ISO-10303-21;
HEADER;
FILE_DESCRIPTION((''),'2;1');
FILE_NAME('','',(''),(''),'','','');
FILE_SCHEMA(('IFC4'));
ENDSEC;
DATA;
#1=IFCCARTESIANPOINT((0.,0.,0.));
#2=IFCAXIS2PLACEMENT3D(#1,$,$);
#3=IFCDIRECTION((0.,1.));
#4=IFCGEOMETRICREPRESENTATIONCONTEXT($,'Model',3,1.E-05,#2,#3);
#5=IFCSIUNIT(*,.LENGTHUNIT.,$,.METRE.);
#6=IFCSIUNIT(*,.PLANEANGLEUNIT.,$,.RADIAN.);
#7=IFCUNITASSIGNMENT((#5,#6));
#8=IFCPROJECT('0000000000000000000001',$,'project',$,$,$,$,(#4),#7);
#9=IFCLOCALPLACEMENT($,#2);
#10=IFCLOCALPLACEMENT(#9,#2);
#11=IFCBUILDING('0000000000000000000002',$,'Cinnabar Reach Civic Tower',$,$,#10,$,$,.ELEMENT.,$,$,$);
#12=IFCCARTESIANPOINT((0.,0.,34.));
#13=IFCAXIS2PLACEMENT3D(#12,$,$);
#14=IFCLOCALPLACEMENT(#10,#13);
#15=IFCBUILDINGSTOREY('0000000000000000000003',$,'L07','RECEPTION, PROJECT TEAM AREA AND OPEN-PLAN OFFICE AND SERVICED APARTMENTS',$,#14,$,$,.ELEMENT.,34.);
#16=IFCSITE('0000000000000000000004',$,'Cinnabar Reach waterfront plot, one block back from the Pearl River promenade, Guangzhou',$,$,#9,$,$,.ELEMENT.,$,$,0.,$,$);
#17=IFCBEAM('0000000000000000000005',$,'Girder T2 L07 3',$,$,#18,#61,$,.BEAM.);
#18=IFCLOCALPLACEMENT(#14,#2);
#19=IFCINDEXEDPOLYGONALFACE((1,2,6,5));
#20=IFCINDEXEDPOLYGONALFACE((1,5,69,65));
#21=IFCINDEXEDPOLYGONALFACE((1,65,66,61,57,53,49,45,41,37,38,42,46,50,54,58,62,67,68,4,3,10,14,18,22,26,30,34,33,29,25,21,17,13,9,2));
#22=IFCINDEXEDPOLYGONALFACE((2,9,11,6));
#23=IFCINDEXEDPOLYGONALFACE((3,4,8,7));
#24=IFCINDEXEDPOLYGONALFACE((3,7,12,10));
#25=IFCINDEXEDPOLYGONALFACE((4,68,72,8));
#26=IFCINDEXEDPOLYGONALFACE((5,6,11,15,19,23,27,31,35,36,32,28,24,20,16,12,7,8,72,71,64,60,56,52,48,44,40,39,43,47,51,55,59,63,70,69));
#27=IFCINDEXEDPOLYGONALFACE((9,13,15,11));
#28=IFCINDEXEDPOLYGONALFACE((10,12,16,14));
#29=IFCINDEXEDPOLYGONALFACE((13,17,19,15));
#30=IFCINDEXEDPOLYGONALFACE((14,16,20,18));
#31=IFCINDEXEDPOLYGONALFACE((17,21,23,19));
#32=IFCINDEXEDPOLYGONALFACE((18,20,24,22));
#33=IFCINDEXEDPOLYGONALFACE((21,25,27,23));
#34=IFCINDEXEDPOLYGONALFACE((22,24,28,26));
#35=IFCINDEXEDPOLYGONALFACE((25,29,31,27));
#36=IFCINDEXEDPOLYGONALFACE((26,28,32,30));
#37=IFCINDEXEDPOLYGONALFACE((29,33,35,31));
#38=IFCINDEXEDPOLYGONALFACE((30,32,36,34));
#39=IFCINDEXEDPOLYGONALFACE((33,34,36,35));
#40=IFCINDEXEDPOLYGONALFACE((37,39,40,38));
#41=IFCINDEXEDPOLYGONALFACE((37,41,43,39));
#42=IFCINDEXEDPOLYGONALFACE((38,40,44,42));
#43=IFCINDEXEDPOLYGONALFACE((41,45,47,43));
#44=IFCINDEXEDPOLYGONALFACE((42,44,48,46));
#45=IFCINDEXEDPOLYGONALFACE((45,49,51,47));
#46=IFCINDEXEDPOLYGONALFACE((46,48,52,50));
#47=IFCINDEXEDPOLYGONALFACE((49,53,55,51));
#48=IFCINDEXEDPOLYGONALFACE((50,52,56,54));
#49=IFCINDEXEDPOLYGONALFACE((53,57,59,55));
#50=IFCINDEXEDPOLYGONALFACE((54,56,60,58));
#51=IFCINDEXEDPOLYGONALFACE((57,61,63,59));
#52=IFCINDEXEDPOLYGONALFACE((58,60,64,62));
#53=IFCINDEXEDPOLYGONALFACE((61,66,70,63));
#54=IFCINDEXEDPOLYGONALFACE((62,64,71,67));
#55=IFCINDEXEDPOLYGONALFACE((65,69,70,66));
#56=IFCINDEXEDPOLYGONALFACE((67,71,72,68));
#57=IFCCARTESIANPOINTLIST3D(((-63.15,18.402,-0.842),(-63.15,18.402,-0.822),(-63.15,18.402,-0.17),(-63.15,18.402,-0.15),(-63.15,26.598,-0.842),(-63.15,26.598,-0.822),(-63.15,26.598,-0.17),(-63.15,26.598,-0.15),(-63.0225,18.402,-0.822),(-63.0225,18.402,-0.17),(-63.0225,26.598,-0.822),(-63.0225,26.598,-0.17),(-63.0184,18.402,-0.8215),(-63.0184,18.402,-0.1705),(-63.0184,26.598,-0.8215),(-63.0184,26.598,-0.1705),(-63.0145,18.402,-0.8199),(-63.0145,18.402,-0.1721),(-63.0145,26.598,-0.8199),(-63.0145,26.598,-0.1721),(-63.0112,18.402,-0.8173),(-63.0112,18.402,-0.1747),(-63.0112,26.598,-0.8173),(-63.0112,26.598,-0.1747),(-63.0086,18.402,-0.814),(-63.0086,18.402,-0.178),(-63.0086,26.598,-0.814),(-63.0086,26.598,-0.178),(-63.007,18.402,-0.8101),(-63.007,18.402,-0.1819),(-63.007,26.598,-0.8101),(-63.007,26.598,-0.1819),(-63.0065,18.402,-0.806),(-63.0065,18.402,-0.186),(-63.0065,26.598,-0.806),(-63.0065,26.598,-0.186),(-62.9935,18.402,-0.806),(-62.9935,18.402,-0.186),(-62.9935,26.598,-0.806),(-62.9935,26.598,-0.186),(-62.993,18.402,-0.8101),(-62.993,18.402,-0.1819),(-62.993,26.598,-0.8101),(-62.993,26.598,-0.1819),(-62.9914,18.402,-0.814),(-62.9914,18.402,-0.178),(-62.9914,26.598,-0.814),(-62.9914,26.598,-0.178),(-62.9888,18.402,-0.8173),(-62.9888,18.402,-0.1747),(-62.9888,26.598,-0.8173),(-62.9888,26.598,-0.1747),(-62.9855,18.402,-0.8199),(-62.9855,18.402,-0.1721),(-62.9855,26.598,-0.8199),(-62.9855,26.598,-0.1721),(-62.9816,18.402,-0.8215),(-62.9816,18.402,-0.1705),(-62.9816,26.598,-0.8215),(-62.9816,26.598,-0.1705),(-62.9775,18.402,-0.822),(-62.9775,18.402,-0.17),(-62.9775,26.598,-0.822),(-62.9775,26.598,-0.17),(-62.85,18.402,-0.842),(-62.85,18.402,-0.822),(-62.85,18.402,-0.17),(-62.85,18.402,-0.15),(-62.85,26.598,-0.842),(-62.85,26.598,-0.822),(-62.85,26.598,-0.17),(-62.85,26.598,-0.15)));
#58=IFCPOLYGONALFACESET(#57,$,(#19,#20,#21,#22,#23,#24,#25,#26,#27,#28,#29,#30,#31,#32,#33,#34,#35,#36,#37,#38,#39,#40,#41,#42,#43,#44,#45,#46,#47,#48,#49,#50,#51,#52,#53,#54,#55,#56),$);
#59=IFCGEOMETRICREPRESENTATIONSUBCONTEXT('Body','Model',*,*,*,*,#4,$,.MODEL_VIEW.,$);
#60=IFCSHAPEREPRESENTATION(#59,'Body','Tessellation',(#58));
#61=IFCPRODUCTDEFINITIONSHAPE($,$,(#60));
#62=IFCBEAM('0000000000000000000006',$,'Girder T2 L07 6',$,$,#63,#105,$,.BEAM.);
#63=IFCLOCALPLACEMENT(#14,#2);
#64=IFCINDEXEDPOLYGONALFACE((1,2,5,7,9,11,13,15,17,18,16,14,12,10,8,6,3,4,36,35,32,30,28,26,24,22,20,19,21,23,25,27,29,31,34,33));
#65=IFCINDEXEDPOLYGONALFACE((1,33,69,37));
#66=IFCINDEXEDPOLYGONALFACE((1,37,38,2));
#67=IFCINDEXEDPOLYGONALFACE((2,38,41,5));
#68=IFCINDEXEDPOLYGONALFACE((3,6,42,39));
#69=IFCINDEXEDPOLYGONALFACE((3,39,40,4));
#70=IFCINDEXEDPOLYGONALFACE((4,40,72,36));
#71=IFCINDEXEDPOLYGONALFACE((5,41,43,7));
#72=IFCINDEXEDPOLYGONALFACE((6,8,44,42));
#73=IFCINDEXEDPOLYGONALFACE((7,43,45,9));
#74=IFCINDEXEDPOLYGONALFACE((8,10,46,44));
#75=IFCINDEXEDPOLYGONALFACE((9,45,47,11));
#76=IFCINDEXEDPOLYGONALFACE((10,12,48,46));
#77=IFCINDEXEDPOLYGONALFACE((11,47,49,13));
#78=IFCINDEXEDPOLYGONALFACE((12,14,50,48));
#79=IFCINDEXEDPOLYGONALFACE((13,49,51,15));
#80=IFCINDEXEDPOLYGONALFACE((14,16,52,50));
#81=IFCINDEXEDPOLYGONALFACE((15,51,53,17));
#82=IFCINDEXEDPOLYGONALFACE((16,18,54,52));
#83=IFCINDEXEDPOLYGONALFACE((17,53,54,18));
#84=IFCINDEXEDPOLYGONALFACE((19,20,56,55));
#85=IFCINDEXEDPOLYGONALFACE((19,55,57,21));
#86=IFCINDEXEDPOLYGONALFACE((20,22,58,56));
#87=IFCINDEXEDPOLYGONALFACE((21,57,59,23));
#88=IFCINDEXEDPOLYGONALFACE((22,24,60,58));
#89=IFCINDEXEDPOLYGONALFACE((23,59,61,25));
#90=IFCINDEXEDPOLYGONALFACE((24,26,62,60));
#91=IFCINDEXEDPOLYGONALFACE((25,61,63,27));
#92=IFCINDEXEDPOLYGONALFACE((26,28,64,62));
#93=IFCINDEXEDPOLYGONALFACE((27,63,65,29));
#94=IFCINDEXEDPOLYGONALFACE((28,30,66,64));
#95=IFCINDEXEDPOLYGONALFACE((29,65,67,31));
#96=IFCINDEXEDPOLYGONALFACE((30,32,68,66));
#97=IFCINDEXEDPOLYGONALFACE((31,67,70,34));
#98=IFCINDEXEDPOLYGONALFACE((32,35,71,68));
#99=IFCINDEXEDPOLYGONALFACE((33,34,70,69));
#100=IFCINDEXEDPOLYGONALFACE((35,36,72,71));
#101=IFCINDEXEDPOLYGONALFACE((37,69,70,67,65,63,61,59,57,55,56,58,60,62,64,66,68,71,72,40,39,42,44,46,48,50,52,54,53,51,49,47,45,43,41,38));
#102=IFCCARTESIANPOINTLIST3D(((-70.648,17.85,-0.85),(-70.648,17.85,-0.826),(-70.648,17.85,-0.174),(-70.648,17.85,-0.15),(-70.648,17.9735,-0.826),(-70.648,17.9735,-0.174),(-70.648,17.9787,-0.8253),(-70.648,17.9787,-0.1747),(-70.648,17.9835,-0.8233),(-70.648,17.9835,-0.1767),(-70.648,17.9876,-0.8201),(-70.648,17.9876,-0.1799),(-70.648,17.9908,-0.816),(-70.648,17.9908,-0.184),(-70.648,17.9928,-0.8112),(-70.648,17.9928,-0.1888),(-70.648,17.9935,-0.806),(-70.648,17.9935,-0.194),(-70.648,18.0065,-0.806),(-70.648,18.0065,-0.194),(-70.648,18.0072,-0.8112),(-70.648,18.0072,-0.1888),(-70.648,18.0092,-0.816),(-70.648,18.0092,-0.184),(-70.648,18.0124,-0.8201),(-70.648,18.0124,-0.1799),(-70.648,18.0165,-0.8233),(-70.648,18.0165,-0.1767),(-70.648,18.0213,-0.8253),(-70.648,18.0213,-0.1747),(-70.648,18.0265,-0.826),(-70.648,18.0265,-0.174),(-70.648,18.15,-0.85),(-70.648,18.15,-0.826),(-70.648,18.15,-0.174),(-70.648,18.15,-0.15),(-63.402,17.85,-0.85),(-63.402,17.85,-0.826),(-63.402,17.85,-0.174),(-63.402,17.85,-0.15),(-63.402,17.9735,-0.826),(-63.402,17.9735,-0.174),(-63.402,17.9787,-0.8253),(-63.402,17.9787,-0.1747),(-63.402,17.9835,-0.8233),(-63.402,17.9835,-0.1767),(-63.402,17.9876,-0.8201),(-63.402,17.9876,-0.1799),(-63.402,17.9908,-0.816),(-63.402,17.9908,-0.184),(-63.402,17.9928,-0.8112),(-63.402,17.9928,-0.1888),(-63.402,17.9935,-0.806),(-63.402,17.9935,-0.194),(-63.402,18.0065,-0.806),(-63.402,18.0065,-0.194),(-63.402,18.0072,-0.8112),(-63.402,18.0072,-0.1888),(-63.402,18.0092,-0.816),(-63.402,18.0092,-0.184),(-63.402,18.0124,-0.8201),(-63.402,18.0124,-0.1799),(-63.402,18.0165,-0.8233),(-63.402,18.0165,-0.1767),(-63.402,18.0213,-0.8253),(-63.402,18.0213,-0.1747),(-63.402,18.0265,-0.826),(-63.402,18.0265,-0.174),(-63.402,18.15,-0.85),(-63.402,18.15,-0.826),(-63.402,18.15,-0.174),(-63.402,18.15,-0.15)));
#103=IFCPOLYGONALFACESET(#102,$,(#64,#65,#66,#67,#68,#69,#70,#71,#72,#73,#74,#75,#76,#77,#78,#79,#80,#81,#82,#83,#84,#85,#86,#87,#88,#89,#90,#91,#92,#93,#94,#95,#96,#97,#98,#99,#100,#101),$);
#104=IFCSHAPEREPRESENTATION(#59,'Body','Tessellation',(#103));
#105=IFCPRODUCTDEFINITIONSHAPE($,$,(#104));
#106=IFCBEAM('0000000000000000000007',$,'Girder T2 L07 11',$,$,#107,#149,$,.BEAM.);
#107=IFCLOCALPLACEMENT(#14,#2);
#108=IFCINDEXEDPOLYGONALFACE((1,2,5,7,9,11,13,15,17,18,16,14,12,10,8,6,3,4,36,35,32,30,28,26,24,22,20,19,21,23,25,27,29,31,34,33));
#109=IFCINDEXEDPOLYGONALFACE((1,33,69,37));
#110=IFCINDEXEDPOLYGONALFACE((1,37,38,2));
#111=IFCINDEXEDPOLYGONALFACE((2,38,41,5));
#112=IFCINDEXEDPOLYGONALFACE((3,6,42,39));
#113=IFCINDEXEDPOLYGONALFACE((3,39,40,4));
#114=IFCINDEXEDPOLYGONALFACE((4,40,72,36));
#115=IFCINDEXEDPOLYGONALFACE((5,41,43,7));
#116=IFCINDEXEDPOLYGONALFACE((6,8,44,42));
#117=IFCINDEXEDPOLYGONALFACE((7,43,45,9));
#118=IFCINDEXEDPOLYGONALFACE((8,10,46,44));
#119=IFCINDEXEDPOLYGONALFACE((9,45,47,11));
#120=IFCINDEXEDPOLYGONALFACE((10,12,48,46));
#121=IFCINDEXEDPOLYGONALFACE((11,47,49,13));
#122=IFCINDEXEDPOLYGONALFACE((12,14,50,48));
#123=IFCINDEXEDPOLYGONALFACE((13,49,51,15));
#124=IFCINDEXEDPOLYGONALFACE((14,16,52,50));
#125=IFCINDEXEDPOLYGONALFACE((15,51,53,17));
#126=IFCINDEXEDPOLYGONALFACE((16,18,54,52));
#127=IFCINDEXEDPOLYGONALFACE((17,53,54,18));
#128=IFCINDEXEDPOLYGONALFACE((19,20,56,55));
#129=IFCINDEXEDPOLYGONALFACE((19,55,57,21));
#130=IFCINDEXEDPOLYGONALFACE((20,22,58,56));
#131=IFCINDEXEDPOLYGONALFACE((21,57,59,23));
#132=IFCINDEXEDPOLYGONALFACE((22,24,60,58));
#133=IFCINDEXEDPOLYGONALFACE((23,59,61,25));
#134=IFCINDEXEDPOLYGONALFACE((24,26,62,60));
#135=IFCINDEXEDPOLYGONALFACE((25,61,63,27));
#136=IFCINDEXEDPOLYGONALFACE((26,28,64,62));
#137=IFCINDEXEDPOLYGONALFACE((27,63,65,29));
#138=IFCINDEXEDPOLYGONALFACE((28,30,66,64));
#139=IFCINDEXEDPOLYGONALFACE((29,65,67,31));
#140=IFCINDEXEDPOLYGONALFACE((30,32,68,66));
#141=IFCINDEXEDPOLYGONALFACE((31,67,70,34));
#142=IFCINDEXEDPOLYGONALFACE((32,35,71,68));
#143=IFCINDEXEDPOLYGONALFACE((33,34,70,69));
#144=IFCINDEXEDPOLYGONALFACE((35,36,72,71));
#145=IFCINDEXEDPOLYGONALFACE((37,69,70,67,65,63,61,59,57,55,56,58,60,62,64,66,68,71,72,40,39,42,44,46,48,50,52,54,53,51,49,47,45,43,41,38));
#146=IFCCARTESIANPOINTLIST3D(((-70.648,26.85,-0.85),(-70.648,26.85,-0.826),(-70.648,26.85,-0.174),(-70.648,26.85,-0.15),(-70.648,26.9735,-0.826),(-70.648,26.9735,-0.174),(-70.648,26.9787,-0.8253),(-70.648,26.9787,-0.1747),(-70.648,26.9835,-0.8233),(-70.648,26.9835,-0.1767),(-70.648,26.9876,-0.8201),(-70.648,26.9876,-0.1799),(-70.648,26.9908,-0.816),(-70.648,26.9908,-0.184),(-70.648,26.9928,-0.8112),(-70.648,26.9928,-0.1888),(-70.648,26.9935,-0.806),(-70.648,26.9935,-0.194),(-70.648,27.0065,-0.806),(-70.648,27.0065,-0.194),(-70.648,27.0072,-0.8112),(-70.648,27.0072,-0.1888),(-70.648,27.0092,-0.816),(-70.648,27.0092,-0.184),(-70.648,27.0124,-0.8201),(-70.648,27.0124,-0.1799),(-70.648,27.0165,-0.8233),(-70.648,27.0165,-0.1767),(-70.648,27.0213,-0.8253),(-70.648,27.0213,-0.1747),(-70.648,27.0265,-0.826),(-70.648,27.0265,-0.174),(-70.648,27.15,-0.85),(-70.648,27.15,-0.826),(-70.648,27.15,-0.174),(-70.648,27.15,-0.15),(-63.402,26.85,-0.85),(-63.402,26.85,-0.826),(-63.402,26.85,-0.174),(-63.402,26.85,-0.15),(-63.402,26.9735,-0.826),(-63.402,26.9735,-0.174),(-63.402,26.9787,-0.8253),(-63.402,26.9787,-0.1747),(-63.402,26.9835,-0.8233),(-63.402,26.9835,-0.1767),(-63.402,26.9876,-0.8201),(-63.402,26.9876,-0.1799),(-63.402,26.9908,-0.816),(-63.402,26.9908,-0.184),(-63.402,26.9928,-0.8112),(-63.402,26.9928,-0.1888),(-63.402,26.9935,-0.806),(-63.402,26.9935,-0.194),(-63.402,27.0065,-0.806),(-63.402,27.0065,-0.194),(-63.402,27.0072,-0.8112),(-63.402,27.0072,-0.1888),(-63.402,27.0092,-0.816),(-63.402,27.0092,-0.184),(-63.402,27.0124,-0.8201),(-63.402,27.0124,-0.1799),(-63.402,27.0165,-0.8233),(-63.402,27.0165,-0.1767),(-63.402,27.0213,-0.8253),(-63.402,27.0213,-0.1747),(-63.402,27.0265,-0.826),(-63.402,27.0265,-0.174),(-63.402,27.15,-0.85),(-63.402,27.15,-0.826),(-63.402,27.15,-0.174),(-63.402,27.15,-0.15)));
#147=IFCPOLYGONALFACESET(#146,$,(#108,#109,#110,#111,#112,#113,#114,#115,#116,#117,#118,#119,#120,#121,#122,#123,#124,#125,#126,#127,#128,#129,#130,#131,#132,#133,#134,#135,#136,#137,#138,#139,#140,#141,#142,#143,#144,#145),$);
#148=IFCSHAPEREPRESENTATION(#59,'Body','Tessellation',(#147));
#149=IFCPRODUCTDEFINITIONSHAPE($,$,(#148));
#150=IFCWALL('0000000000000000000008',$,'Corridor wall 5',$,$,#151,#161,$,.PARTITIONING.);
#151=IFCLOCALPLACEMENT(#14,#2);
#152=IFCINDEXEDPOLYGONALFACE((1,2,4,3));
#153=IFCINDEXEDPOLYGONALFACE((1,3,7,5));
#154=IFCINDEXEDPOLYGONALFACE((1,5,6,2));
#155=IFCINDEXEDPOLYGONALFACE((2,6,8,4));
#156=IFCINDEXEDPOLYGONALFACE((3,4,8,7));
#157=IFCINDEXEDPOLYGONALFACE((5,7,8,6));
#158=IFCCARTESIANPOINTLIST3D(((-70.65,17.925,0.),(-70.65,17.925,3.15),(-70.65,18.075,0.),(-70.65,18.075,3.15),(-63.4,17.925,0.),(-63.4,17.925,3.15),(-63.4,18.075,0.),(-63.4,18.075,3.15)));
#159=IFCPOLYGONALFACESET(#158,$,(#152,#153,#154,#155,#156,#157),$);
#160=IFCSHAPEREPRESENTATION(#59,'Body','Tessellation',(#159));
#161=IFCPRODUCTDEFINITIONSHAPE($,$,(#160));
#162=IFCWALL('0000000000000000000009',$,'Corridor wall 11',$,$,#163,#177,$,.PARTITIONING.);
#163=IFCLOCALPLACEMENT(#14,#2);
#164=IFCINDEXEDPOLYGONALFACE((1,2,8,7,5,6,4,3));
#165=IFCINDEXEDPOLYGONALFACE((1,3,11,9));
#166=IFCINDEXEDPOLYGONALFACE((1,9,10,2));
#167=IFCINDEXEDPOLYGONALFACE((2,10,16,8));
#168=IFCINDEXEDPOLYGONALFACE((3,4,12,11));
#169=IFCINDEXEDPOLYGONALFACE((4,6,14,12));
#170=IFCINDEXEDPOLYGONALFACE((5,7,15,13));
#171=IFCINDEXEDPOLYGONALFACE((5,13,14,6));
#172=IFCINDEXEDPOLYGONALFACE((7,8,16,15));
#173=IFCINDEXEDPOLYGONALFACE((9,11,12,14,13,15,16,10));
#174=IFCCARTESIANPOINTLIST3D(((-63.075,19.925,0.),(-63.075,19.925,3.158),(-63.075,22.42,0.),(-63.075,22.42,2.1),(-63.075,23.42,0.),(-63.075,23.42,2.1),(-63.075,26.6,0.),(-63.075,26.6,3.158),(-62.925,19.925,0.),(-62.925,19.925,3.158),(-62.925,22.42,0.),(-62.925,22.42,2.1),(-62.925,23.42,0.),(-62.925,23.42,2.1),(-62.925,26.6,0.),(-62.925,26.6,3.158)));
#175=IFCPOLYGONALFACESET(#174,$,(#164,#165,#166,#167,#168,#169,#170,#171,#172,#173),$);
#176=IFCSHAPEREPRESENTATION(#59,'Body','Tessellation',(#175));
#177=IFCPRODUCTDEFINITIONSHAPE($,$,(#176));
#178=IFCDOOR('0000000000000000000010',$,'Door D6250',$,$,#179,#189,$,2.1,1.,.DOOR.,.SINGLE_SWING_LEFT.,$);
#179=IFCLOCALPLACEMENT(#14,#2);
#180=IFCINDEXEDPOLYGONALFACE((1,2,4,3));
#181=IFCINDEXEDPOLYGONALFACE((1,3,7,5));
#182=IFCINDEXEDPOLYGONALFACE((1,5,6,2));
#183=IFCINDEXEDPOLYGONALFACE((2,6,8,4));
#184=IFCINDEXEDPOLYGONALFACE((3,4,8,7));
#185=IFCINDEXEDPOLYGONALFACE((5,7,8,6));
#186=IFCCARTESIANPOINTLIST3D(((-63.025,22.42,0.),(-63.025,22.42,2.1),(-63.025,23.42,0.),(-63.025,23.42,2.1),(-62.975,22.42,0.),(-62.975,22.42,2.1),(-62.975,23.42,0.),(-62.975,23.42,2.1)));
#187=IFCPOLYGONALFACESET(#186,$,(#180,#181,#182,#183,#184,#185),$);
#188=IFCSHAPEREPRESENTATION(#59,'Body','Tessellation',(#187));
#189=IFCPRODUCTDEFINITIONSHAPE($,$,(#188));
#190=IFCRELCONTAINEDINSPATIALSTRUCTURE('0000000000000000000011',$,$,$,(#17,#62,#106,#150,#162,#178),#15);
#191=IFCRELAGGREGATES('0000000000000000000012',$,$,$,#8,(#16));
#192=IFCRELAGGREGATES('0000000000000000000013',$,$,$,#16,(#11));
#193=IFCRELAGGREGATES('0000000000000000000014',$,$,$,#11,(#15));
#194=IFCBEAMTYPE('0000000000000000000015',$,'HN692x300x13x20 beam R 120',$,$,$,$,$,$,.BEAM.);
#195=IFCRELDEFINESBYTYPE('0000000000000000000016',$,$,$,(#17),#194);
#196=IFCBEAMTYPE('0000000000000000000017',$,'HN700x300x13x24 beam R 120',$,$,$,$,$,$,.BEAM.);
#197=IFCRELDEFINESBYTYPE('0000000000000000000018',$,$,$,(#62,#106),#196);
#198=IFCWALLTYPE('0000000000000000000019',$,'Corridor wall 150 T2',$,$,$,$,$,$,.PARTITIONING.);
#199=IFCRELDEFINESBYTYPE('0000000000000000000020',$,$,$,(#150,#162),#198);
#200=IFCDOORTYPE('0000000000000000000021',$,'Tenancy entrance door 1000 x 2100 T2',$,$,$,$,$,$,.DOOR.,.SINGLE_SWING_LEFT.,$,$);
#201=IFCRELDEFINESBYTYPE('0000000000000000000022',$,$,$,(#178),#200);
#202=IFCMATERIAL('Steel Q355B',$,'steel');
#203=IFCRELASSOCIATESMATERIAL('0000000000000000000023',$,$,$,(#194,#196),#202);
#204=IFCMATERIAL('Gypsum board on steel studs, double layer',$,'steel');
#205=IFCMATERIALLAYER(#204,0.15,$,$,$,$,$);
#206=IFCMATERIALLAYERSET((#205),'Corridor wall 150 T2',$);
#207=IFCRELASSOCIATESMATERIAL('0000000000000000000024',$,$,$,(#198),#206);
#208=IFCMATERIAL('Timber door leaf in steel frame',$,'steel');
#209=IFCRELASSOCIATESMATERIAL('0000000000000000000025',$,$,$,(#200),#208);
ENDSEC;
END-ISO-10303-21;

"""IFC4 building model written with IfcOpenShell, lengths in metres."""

from ifc_helpers import new_model, si_unit, direction, frame, frame_2d, origin, origin_2d, place, context, subcontext, project, spatial, rectangle, i_section, extrude, material, layer, layer_set, material_profile, profile_set, type_object, element, fill, save


model = new_model("IFC4")

# Units and contexts
model_context = context("Model", 3, precision=1e-05, world=origin(), true_north=direction((0.0, 1.0)))
body_context = subcontext(model_context, "Body", "Model", "MODEL_VIEW")
ifc_project = project(units=[si_unit("LENGTHUNIT", "METRE"), si_unit("PLANEANGLEUNIT", "RADIAN")], contexts=[model_context])

# Site, building, storey
site_placement = place(None, origin())
site = spatial("IfcSite", under=ifc_project, at=site_placement, Name="Cinnabar Reach waterfront plot, one block back from the Pearl River promenade, Guangzhou", CompositionType="ELEMENT", RefElevation=0.0)
building_placement = place(site_placement, origin())
building = spatial("IfcBuilding", under=site, at=building_placement, Name="Cinnabar Reach Civic Tower", CompositionType="ELEMENT")
storey_placement = place(building_placement, frame((0.0, 0.0, 34.0)))
storey = spatial("IfcBuildingStorey", under=building, at=storey_placement, Name="L07", Description="RECEPTION, PROJECT TEAM AREA AND OPEN-PLAN OFFICE AND SERVICED APARTMENTS", CompositionType="ELEMENT", Elevation=34.0)

# Beams
ifc_material_1 = material(Name="Steel Q355B", Category="steel")
ifc_material_profile_1 = material_profile(ifc_material_1, i_section(OverallWidth=0.3, OverallDepth=0.692, WebThickness=0.013, FlangeThickness=0.02, FilletRadius=0.016, at=origin_2d()), Name="HN692x300x13x20")
ifc_profile_set_1 = profile_set([ifc_material_profile_1], Name="Steel Q355B")
beam_type_1 = type_object("IfcBeamType", Name="HN692x300x13x20 beam R 120", PredefinedType="BEAM", material=ifc_profile_set_1)
beam_1_placement = place(storey_placement, frame((-63.0, 18.402, -0.496), z_axis=(0.0, 1.0, 0.0), x_axis=(-1.0, 0.0, 0.0)))
element("IfcBeam", 1, at=beam_1_placement, inside=storey, type_object=beam_type_1, Name="Girder T2 L07 3", PredefinedType="BEAM", context=body_context, shape_type="SweptSolid", body=[
    extrude(i_section(OverallWidth=0.3, OverallDepth=0.692, WebThickness=0.013, FlangeThickness=0.02, FilletRadius=0.016, at=origin_2d()), origin(), (0.0, 0.0, 1.0), 8.196),
])
ifc_material_profile_2 = material_profile(ifc_material_1, i_section(OverallWidth=0.3, OverallDepth=0.7, WebThickness=0.013, FlangeThickness=0.024, FilletRadius=0.02, at=origin_2d()), Name="HN700x300x13x24")
ifc_profile_set_2 = profile_set([ifc_material_profile_2], Name="Steel Q355B")
beam_type_2 = type_object("IfcBeamType", Name="HN700x300x13x24 beam R 120", PredefinedType="BEAM", material=ifc_profile_set_2)
for number, where, z_axis, x_axis, name in (
    (2, (-70.648, 18.0, -0.5), (1.0, 0.0, 0.0), (0.0, 1.0, 0.0), "Girder T2 L07 6"),
    (3, (-70.648, 27.0, -0.5), (1.0, 0.0, 0.0), (0.0, 1.0, 0.0), "Girder T2 L07 11"),
):
    element("IfcBeam", number, at=place(storey_placement, frame(where, z_axis=z_axis, x_axis=x_axis)), inside=storey, type_object=beam_type_2, Name=name, PredefinedType="BEAM", context=body_context, shape_type="SweptSolid", body=[
        extrude(i_section(OverallWidth=0.3, OverallDepth=0.7, WebThickness=0.013, FlangeThickness=0.024, FilletRadius=0.02, at=origin_2d()), origin(), (0.0, 0.0, 1.0), 7.246),
    ])

# Wall
ifc_material_2 = material(Name="Gypsum board on steel studs, double layer", Category="steel")
ifc_layer_1 = layer(ifc_material_2, 0.15)
ifc_layer_set_1 = layer_set([ifc_layer_1], Name="Corridor wall 150 T2")
wall_type_1 = type_object("IfcWallType", Name="Corridor wall 150 T2", PredefinedType="PARTITIONING", material=ifc_layer_set_1)
wall_1_placement = place(storey_placement, frame((-70.65, 18.0, 0.0), z_axis=(0.0, 0.0, 1.0), x_axis=(1.0, 0.0, 0.0)))
element("IfcWall", 4, at=wall_1_placement, inside=storey, type_object=wall_type_1, Name="Corridor wall 5", PredefinedType="PARTITIONING", context=body_context, shape_type="SweptSolid", body=[
    extrude(rectangle(XDim=7.25, YDim=0.15, at=frame_2d((3.625, 0.0))), origin(), (0.0, 0.0, 1.0), 3.15),
])

# Wall, opening, door
wall_2_placement = place(storey_placement, frame((-63.0, 19.925, 0.0), z_axis=(0.0, 0.0, 1.0), x_axis=(0.0, 1.0, 0.0)))
wall_2 = element("IfcWall", 5, at=wall_2_placement, inside=storey, type_object=wall_type_1, Name="Corridor wall 11", PredefinedType="PARTITIONING", context=body_context, shape_type="SweptSolid", body=[
    extrude(rectangle(XDim=6.675, YDim=0.15, at=frame_2d((3.3375, 0.0))), origin(), (0.0, 0.0, 1.0), 3.158),
])
opening_1_placement = place(wall_2_placement, frame((2.495, 0.0, 0.0)))
opening_1 = element("IfcOpeningElement", 6, at=opening_1_placement, cuts=wall_2, PredefinedType="OPENING", context=body_context, shape_type="SweptSolid", body=[
    extrude(rectangle(XDim=1.0, YDim=2.1, at=frame_2d((0.5, 1.05))), frame((0.0, 0.085, 0.0), z_axis=(0.0, -1.0, 0.0), x_axis=(1.0, 0.0, 0.0)), (0.0, 0.0, 1.0), 0.17),
])
ifc_material_3 = material(Name="Timber door leaf in steel frame", Category="steel")
door_type_1 = type_object("IfcDoorType", Name="Tenancy entrance door 1000 x 2100 T2", OperationType="SINGLE_SWING_LEFT", PredefinedType="DOOR", material=ifc_material_3)
door_1_placement = place(opening_1_placement, origin())
door_1 = element("IfcDoor", 7, at=door_1_placement, inside=storey, type_object=door_type_1, Name="Door D6250", OperationType="SINGLE_SWING_LEFT", OverallHeight=2.1, OverallWidth=1.0, PredefinedType="DOOR", context=body_context, shape_type="SweptSolid", body=[
    extrude(rectangle(XDim=1.0, YDim=2.1, at=frame_2d((0.5, 1.05))), frame((0.0, 0.025, 0.0), z_axis=(0.0, -1.0, 0.0), x_axis=(1.0, 0.0, 0.0)), (0.0, 0.0, 1.0), 0.05),
])
fill(opening_1, door_1)

save(model, "model.ifc")
